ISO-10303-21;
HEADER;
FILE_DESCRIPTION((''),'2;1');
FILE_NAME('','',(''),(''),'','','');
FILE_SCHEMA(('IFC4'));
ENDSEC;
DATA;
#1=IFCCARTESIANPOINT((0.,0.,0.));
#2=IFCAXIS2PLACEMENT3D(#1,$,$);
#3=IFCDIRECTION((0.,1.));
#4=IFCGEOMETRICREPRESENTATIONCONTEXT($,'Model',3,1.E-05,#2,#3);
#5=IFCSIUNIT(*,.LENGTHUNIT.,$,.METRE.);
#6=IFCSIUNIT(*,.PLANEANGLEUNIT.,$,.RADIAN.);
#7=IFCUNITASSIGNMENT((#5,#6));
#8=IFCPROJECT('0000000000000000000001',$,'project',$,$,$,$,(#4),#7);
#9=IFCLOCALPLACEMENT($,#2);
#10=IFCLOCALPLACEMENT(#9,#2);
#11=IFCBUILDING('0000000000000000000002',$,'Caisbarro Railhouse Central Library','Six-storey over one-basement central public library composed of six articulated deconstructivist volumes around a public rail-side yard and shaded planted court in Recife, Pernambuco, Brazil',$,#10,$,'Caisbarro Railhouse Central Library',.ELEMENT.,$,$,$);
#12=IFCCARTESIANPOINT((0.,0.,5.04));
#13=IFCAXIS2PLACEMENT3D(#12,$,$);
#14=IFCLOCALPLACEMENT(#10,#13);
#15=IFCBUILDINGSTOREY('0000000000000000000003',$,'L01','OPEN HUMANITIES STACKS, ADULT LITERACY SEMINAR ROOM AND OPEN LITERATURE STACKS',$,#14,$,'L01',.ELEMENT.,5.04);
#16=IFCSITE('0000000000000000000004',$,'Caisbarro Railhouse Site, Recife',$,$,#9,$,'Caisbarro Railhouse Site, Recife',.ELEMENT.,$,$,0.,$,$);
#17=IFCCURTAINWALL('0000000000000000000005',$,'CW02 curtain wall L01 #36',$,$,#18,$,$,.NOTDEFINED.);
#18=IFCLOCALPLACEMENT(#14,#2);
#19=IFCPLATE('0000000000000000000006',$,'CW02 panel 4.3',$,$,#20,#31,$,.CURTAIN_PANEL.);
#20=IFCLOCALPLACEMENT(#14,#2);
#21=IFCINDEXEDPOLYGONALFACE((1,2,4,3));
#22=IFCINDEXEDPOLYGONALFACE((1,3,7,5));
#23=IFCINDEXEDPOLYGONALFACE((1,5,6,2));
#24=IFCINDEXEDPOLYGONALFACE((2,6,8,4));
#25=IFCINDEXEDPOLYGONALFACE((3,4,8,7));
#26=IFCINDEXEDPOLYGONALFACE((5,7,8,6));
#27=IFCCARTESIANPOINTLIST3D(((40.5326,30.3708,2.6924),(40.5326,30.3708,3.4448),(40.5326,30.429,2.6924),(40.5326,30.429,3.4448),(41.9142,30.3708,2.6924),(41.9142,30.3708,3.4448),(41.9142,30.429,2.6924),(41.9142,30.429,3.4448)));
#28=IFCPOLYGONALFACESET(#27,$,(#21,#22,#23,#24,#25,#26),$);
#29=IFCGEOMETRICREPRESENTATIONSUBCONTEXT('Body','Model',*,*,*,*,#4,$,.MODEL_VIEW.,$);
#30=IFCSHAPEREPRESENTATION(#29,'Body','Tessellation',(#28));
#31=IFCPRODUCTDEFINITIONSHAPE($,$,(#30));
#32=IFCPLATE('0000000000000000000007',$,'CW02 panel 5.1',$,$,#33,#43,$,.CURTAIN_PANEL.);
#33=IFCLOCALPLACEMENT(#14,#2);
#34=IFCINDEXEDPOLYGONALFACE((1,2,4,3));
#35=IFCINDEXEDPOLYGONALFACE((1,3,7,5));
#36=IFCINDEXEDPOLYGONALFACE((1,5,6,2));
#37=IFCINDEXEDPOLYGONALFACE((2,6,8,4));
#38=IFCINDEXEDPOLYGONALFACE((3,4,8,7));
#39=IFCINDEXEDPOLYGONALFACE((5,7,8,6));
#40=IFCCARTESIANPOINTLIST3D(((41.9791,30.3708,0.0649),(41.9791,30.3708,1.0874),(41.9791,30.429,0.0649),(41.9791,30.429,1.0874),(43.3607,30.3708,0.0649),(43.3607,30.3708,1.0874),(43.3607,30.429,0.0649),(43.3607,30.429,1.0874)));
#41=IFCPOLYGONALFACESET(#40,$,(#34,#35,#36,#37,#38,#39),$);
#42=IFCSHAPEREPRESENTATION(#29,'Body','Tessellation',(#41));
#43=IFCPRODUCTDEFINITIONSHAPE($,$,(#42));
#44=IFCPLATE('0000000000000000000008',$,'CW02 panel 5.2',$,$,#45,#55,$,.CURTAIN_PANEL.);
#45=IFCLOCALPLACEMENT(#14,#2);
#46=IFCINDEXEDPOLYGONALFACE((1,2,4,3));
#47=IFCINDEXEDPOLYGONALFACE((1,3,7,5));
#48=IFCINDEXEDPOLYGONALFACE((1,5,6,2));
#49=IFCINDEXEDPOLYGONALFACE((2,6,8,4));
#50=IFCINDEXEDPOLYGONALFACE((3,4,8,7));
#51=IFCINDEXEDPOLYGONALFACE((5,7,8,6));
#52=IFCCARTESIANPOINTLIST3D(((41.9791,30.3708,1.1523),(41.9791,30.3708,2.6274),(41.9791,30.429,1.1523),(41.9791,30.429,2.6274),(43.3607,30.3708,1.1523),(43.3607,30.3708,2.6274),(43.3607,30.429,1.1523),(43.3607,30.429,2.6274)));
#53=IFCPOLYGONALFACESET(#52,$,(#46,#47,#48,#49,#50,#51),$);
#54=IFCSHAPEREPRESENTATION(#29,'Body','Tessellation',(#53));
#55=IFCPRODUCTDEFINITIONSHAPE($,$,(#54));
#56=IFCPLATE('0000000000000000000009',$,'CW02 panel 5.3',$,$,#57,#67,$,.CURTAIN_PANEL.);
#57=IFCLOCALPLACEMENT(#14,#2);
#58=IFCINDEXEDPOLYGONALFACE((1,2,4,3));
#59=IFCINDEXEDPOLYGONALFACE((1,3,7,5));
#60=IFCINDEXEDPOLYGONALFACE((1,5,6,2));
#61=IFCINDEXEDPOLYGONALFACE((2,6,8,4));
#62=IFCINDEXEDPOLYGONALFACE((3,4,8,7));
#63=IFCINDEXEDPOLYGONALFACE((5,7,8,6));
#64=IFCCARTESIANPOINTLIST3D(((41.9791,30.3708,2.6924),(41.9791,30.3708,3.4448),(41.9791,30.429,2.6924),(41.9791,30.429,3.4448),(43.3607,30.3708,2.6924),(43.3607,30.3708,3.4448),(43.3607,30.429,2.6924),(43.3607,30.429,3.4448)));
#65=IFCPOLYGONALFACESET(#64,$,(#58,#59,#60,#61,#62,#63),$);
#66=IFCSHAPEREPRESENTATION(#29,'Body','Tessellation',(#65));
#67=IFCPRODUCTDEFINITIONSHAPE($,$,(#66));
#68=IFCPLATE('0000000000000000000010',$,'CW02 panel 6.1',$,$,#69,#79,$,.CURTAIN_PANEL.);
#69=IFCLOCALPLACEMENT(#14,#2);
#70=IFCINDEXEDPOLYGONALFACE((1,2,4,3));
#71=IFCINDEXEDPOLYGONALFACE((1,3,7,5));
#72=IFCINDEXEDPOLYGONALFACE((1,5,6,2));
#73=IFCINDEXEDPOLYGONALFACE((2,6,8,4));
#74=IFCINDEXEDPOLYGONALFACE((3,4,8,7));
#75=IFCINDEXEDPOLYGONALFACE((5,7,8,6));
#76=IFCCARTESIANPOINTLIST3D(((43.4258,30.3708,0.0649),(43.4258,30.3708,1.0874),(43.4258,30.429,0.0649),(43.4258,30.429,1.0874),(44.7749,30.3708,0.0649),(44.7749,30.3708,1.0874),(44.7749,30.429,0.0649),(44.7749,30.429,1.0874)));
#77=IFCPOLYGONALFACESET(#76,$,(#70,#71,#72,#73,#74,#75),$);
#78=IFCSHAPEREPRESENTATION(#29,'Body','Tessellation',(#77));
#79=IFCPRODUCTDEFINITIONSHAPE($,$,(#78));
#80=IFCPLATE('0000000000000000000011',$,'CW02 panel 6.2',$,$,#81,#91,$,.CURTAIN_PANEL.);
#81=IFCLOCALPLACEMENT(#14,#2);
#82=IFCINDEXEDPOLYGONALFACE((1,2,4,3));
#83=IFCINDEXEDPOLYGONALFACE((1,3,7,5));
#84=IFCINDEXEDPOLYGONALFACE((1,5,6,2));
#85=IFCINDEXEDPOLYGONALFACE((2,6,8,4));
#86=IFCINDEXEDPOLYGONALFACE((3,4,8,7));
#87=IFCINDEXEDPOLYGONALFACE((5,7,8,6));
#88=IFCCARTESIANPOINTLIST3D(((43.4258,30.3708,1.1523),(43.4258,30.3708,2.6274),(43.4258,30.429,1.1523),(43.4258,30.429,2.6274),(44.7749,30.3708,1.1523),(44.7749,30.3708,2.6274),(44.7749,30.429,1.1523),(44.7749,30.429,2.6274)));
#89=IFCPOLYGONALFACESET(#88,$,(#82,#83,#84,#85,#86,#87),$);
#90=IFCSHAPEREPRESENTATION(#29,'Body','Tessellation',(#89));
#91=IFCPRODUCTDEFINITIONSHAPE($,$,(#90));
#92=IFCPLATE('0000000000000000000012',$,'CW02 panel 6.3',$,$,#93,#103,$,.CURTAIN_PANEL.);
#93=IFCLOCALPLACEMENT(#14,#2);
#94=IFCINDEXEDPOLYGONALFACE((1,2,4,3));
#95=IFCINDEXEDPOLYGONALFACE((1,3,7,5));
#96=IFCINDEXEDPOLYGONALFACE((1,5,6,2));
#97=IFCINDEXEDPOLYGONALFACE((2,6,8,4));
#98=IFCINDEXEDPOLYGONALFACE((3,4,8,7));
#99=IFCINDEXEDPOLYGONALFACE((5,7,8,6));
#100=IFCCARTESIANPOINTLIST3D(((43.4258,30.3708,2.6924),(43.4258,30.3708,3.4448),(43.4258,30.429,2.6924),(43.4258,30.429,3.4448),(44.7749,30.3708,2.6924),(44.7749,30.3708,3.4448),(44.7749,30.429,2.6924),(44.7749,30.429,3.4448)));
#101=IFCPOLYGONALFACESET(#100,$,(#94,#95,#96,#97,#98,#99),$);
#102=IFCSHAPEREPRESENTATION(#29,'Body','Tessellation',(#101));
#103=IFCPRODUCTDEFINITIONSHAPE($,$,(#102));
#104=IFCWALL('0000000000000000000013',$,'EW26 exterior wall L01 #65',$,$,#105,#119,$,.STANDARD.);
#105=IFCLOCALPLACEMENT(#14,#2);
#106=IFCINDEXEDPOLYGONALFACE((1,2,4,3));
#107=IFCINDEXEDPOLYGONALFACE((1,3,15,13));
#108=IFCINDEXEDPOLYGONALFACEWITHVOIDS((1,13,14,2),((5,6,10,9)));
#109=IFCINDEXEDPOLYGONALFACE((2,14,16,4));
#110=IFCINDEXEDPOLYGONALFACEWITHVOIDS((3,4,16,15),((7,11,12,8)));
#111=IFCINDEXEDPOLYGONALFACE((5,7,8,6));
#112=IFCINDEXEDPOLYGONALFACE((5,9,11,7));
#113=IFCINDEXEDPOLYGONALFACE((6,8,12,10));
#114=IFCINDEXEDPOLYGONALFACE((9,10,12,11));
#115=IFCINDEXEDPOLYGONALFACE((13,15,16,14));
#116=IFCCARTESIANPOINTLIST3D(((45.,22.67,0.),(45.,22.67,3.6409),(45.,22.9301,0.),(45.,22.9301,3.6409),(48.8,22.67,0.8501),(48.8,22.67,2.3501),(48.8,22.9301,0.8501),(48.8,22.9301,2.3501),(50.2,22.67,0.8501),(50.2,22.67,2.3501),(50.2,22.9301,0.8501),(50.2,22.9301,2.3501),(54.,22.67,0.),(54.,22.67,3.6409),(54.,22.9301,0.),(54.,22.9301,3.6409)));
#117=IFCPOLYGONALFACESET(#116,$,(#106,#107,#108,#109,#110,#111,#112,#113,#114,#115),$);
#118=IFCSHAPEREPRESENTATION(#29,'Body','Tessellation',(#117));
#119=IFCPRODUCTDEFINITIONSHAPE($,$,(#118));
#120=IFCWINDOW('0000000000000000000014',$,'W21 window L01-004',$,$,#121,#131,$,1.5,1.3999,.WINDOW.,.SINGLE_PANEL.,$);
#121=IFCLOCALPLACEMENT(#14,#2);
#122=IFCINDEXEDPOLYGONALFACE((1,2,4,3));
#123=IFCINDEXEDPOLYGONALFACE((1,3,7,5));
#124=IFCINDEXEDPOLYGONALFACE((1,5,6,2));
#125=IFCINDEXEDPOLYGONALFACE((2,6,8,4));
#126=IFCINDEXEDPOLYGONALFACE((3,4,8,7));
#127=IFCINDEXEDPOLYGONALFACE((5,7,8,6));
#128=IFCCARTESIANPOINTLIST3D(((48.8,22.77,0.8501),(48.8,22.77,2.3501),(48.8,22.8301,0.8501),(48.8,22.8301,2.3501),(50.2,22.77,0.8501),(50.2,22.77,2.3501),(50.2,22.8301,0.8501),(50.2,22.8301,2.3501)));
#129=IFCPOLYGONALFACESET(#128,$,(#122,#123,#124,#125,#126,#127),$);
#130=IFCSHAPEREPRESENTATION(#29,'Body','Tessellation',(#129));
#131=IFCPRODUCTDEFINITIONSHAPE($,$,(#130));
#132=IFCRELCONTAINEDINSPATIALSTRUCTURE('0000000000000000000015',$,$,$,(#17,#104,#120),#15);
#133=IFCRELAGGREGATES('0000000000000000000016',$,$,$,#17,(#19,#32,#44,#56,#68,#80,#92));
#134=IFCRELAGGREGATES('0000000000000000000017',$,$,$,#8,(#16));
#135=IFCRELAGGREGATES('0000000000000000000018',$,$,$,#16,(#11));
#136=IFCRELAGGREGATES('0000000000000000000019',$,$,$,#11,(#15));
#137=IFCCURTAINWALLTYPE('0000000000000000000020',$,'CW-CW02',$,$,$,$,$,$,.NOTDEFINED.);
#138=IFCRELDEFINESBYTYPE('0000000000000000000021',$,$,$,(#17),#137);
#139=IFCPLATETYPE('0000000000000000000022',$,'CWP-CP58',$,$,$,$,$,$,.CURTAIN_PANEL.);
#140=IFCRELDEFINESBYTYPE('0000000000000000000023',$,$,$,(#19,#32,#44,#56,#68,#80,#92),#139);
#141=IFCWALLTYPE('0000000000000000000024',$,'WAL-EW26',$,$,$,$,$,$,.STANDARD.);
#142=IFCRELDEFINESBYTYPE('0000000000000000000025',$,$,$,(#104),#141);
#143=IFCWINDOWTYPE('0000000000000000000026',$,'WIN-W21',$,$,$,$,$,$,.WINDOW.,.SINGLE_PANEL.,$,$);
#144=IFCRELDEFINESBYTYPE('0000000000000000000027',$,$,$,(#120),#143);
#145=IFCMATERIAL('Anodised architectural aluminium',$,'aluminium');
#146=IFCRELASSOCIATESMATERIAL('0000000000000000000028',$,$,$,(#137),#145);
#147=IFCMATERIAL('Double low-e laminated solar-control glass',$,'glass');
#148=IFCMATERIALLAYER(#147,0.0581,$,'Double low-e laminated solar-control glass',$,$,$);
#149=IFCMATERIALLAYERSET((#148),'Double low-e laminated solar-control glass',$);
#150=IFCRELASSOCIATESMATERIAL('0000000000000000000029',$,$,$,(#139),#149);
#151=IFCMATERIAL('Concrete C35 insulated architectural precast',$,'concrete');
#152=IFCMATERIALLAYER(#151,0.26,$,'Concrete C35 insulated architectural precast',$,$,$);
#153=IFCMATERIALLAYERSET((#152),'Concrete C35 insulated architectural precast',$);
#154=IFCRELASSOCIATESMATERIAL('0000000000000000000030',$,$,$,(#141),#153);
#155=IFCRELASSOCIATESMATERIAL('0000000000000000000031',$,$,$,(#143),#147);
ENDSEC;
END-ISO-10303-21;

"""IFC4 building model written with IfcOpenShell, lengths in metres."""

from ifc_helpers import new_model, si_unit, direction, frame, frame_2d, origin, origin_2d, place, context, subcontext, project, spatial, rectangle, extrude, material, layer, layer_set, type_object, element, fill, aggregate, save


model = new_model("IFC4")

# Units and contexts
model_context = context("Model", 3, precision=1e-05, world=origin(), true_north=direction((0.0, 1.0)))
body_context = subcontext(model_context, "Body", "Model", "MODEL_VIEW")
ifc_project = project(units=[si_unit("LENGTHUNIT", "METRE"), si_unit("PLANEANGLEUNIT", "RADIAN")], contexts=[model_context])

# Site, building, storey
site_placement = place(None, origin())
site = spatial("IfcSite", under=ifc_project, at=site_placement, Name="Caisbarro Railhouse Site, Recife", LongName="Caisbarro Railhouse Site, Recife", CompositionType="ELEMENT", RefElevation=0.0)
building_placement = place(site_placement, origin())
building = spatial("IfcBuilding", under=site, at=building_placement, Name="Caisbarro Railhouse Central Library", Description="Six-storey over one-basement central public library composed of six articulated deconstructivist volumes around a public rail-side yard and shaded planted court in Recife, Pernambuco, Brazil", LongName="Caisbarro Railhouse Central Library", CompositionType="ELEMENT")
storey_placement = place(building_placement, frame((0.0, 0.0, 5.04)))
storey = spatial("IfcBuildingStorey", under=building, at=storey_placement, Name="L01", Description="OPEN HUMANITIES STACKS, ADULT LITERACY SEMINAR ROOM AND OPEN LITERATURE STACKS", LongName="L01", CompositionType="ELEMENT", Elevation=5.04)

# Curtain wall
ifc_material_1 = material(Name="Anodised architectural aluminium", Category="aluminium")
curtain_wall_type = type_object("IfcCurtainWallType", Name="CW-CW02", PredefinedType="NOTDEFINED", material=ifc_material_1)
curtain_wall_1_placement = place(storey_placement, origin())
curtain_wall_1 = element("IfcCurtainWall", 1, at=curtain_wall_1_placement, inside=storey, type_object=curtain_wall_type, Name="CW02 curtain wall L01 #36", PredefinedType="NOTDEFINED")

# Plates
ifc_material_2 = material(Name="Double low-e laminated solar-control glass", Category="glass")
ifc_layer_1 = layer(ifc_material_2, 0.0581, Name="Double low-e laminated solar-control glass")
ifc_layer_set_1 = layer_set([ifc_layer_1], Name="Double low-e laminated solar-control glass")
plate_type = type_object("IfcPlateType", Name="CWP-CP58", PredefinedType="CURTAIN_PANEL", material=ifc_layer_set_1)
plate_1_placement = place(storey_placement, frame((41.2234, 30.3999, 2.6924), z_axis=(0.0, 0.0, 1.0), x_axis=(1.0, 0.0, 0.0)))
plate_1 = element("IfcPlate", 2, at=plate_1_placement, type_object=plate_type, Name="CW02 panel 4.3", PredefinedType="CURTAIN_PANEL", context=body_context, shape_type="SweptSolid", body=[
    extrude(rectangle(XDim=1.3816, YDim=0.0581, at=origin_2d()), origin(), (0.0, 0.0, 1.0), 0.7524),
])
plate_2_placement = place(storey_placement, frame((42.6699, 30.3999, 0.0649), z_axis=(0.0, 0.0, 1.0), x_axis=(1.0, 0.0, 0.0)))
plate_2 = element("IfcPlate", 3, at=plate_2_placement, type_object=plate_type, Name="CW02 panel 5.1", PredefinedType="CURTAIN_PANEL", context=body_context, shape_type="SweptSolid", body=[
    extrude(rectangle(XDim=1.3816, YDim=0.0581, at=origin_2d()), origin(), (0.0, 0.0, 1.0), 1.0225),
])
plate_3_placement = place(storey_placement, frame((42.6699, 30.3999, 1.1523), z_axis=(0.0, 0.0, 1.0), x_axis=(1.0, 0.0, 0.0)))
plate_3 = element("IfcPlate", 4, at=plate_3_placement, type_object=plate_type, Name="CW02 panel 5.2", PredefinedType="CURTAIN_PANEL", context=body_context, shape_type="SweptSolid", body=[
    extrude(rectangle(XDim=1.3816, YDim=0.0581, at=origin_2d()), origin(), (0.0, 0.0, 1.0), 1.4751),
])
plate_4_placement = place(storey_placement, frame((42.6699, 30.3999, 2.6924), z_axis=(0.0, 0.0, 1.0), x_axis=(1.0, 0.0, 0.0)))
plate_4 = element("IfcPlate", 5, at=plate_4_placement, type_object=plate_type, Name="CW02 panel 5.3", PredefinedType="CURTAIN_PANEL", context=body_context, shape_type="SweptSolid", body=[
    extrude(rectangle(XDim=1.3816, YDim=0.0581, at=origin_2d()), origin(), (0.0, 0.0, 1.0), 0.7524),
])
plate_5_placement = place(storey_placement, frame((44.1003, 30.3999, 0.0649), z_axis=(0.0, 0.0, 1.0), x_axis=(1.0, 0.0, 0.0)))
plate_5 = element("IfcPlate", 6, at=plate_5_placement, type_object=plate_type, Name="CW02 panel 6.1", PredefinedType="CURTAIN_PANEL", context=body_context, shape_type="SweptSolid", body=[
    extrude(rectangle(XDim=1.3491, YDim=0.0581, at=origin_2d()), origin(), (0.0, 0.0, 1.0), 1.0225),
])
plate_6_placement = place(storey_placement, frame((44.1003, 30.3999, 1.1523), z_axis=(0.0, 0.0, 1.0), x_axis=(1.0, 0.0, 0.0)))
plate_6 = element("IfcPlate", 7, at=plate_6_placement, type_object=plate_type, Name="CW02 panel 6.2", PredefinedType="CURTAIN_PANEL", context=body_context, shape_type="SweptSolid", body=[
    extrude(rectangle(XDim=1.3491, YDim=0.0581, at=origin_2d()), origin(), (0.0, 0.0, 1.0), 1.4751),
])
plate_7_placement = place(storey_placement, frame((44.1003, 30.3999, 2.6924), z_axis=(0.0, 0.0, 1.0), x_axis=(1.0, 0.0, 0.0)))
plate_7 = element("IfcPlate", 8, at=plate_7_placement, type_object=plate_type, Name="CW02 panel 6.3", PredefinedType="CURTAIN_PANEL", context=body_context, shape_type="SweptSolid", body=[
    extrude(rectangle(XDim=1.3491, YDim=0.0581, at=origin_2d()), origin(), (0.0, 0.0, 1.0), 0.7524),
])
aggregate(curtain_wall_1, [plate_1, plate_2, plate_3, plate_4, plate_5, plate_6, plate_7])

# Wall, opening, window
ifc_material_3 = material(Name="Concrete C35 insulated architectural precast", Category="concrete")
ifc_layer_2 = layer(ifc_material_3, 0.26, Name="Concrete C35 insulated architectural precast")
ifc_layer_set_2 = layer_set([ifc_layer_2], Name="Concrete C35 insulated architectural precast")
wall_type = type_object("IfcWallType", Name="WAL-EW26", PredefinedType="STANDARD", material=ifc_layer_set_2)
wall_placement = place(storey_placement, frame((45.0, 22.8, 0.0), z_axis=(0.0, 0.0, 1.0), x_axis=(1.0, 0.0, 0.0)))
wall = element("IfcWall", 9, at=wall_placement, inside=storey, type_object=wall_type, Name="EW26 exterior wall L01 #65", PredefinedType="STANDARD", context=body_context, shape_type="SweptSolid", body=[
    extrude(rectangle(XDim=9.0, YDim=0.26, at=frame_2d((4.5, 0.0))), origin(), (0.0, 0.0, 1.0), 3.6409),
])
opening_placement = place(wall_placement, frame((3.8, 0.0, 0.8501)))
opening = element("IfcOpeningElement", 10, at=opening_placement, cuts=wall, PredefinedType="OPENING", context=body_context, shape_type="SweptSolid", body=[
    extrude(rectangle(XDim=1.3999, YDim=1.5, at=frame_2d((0.7, 0.75))), frame((0.0, 0.1401, 0.0), z_axis=(0.0, -1.0, 0.0), x_axis=(1.0, 0.0, 0.0)), (0.0, 0.0, 1.0), 0.28),
])
window_type = type_object("IfcWindowType", Name="WIN-W21", PartitioningType="SINGLE_PANEL", PredefinedType="WINDOW", material=ifc_material_2)
window_placement = place(opening_placement, origin())
window = element("IfcWindow", 11, at=window_placement, inside=storey, type_object=window_type, Name="W21 window L01-004", OverallHeight=1.5, OverallWidth=1.3999, PartitioningType="SINGLE_PANEL", PredefinedType="WINDOW", context=body_context, shape_type="SweptSolid", body=[
    extrude(rectangle(XDim=1.3999, YDim=1.5, at=frame_2d((0.7, 0.75))), frame((0.0, 0.03, 0.0), z_axis=(0.0, -1.0, 0.0), x_axis=(1.0, 0.0, 0.0)), (0.0, 0.0, 1.0), 0.0601),
])
fill(opening, window)

save(model, "model.ifc")
